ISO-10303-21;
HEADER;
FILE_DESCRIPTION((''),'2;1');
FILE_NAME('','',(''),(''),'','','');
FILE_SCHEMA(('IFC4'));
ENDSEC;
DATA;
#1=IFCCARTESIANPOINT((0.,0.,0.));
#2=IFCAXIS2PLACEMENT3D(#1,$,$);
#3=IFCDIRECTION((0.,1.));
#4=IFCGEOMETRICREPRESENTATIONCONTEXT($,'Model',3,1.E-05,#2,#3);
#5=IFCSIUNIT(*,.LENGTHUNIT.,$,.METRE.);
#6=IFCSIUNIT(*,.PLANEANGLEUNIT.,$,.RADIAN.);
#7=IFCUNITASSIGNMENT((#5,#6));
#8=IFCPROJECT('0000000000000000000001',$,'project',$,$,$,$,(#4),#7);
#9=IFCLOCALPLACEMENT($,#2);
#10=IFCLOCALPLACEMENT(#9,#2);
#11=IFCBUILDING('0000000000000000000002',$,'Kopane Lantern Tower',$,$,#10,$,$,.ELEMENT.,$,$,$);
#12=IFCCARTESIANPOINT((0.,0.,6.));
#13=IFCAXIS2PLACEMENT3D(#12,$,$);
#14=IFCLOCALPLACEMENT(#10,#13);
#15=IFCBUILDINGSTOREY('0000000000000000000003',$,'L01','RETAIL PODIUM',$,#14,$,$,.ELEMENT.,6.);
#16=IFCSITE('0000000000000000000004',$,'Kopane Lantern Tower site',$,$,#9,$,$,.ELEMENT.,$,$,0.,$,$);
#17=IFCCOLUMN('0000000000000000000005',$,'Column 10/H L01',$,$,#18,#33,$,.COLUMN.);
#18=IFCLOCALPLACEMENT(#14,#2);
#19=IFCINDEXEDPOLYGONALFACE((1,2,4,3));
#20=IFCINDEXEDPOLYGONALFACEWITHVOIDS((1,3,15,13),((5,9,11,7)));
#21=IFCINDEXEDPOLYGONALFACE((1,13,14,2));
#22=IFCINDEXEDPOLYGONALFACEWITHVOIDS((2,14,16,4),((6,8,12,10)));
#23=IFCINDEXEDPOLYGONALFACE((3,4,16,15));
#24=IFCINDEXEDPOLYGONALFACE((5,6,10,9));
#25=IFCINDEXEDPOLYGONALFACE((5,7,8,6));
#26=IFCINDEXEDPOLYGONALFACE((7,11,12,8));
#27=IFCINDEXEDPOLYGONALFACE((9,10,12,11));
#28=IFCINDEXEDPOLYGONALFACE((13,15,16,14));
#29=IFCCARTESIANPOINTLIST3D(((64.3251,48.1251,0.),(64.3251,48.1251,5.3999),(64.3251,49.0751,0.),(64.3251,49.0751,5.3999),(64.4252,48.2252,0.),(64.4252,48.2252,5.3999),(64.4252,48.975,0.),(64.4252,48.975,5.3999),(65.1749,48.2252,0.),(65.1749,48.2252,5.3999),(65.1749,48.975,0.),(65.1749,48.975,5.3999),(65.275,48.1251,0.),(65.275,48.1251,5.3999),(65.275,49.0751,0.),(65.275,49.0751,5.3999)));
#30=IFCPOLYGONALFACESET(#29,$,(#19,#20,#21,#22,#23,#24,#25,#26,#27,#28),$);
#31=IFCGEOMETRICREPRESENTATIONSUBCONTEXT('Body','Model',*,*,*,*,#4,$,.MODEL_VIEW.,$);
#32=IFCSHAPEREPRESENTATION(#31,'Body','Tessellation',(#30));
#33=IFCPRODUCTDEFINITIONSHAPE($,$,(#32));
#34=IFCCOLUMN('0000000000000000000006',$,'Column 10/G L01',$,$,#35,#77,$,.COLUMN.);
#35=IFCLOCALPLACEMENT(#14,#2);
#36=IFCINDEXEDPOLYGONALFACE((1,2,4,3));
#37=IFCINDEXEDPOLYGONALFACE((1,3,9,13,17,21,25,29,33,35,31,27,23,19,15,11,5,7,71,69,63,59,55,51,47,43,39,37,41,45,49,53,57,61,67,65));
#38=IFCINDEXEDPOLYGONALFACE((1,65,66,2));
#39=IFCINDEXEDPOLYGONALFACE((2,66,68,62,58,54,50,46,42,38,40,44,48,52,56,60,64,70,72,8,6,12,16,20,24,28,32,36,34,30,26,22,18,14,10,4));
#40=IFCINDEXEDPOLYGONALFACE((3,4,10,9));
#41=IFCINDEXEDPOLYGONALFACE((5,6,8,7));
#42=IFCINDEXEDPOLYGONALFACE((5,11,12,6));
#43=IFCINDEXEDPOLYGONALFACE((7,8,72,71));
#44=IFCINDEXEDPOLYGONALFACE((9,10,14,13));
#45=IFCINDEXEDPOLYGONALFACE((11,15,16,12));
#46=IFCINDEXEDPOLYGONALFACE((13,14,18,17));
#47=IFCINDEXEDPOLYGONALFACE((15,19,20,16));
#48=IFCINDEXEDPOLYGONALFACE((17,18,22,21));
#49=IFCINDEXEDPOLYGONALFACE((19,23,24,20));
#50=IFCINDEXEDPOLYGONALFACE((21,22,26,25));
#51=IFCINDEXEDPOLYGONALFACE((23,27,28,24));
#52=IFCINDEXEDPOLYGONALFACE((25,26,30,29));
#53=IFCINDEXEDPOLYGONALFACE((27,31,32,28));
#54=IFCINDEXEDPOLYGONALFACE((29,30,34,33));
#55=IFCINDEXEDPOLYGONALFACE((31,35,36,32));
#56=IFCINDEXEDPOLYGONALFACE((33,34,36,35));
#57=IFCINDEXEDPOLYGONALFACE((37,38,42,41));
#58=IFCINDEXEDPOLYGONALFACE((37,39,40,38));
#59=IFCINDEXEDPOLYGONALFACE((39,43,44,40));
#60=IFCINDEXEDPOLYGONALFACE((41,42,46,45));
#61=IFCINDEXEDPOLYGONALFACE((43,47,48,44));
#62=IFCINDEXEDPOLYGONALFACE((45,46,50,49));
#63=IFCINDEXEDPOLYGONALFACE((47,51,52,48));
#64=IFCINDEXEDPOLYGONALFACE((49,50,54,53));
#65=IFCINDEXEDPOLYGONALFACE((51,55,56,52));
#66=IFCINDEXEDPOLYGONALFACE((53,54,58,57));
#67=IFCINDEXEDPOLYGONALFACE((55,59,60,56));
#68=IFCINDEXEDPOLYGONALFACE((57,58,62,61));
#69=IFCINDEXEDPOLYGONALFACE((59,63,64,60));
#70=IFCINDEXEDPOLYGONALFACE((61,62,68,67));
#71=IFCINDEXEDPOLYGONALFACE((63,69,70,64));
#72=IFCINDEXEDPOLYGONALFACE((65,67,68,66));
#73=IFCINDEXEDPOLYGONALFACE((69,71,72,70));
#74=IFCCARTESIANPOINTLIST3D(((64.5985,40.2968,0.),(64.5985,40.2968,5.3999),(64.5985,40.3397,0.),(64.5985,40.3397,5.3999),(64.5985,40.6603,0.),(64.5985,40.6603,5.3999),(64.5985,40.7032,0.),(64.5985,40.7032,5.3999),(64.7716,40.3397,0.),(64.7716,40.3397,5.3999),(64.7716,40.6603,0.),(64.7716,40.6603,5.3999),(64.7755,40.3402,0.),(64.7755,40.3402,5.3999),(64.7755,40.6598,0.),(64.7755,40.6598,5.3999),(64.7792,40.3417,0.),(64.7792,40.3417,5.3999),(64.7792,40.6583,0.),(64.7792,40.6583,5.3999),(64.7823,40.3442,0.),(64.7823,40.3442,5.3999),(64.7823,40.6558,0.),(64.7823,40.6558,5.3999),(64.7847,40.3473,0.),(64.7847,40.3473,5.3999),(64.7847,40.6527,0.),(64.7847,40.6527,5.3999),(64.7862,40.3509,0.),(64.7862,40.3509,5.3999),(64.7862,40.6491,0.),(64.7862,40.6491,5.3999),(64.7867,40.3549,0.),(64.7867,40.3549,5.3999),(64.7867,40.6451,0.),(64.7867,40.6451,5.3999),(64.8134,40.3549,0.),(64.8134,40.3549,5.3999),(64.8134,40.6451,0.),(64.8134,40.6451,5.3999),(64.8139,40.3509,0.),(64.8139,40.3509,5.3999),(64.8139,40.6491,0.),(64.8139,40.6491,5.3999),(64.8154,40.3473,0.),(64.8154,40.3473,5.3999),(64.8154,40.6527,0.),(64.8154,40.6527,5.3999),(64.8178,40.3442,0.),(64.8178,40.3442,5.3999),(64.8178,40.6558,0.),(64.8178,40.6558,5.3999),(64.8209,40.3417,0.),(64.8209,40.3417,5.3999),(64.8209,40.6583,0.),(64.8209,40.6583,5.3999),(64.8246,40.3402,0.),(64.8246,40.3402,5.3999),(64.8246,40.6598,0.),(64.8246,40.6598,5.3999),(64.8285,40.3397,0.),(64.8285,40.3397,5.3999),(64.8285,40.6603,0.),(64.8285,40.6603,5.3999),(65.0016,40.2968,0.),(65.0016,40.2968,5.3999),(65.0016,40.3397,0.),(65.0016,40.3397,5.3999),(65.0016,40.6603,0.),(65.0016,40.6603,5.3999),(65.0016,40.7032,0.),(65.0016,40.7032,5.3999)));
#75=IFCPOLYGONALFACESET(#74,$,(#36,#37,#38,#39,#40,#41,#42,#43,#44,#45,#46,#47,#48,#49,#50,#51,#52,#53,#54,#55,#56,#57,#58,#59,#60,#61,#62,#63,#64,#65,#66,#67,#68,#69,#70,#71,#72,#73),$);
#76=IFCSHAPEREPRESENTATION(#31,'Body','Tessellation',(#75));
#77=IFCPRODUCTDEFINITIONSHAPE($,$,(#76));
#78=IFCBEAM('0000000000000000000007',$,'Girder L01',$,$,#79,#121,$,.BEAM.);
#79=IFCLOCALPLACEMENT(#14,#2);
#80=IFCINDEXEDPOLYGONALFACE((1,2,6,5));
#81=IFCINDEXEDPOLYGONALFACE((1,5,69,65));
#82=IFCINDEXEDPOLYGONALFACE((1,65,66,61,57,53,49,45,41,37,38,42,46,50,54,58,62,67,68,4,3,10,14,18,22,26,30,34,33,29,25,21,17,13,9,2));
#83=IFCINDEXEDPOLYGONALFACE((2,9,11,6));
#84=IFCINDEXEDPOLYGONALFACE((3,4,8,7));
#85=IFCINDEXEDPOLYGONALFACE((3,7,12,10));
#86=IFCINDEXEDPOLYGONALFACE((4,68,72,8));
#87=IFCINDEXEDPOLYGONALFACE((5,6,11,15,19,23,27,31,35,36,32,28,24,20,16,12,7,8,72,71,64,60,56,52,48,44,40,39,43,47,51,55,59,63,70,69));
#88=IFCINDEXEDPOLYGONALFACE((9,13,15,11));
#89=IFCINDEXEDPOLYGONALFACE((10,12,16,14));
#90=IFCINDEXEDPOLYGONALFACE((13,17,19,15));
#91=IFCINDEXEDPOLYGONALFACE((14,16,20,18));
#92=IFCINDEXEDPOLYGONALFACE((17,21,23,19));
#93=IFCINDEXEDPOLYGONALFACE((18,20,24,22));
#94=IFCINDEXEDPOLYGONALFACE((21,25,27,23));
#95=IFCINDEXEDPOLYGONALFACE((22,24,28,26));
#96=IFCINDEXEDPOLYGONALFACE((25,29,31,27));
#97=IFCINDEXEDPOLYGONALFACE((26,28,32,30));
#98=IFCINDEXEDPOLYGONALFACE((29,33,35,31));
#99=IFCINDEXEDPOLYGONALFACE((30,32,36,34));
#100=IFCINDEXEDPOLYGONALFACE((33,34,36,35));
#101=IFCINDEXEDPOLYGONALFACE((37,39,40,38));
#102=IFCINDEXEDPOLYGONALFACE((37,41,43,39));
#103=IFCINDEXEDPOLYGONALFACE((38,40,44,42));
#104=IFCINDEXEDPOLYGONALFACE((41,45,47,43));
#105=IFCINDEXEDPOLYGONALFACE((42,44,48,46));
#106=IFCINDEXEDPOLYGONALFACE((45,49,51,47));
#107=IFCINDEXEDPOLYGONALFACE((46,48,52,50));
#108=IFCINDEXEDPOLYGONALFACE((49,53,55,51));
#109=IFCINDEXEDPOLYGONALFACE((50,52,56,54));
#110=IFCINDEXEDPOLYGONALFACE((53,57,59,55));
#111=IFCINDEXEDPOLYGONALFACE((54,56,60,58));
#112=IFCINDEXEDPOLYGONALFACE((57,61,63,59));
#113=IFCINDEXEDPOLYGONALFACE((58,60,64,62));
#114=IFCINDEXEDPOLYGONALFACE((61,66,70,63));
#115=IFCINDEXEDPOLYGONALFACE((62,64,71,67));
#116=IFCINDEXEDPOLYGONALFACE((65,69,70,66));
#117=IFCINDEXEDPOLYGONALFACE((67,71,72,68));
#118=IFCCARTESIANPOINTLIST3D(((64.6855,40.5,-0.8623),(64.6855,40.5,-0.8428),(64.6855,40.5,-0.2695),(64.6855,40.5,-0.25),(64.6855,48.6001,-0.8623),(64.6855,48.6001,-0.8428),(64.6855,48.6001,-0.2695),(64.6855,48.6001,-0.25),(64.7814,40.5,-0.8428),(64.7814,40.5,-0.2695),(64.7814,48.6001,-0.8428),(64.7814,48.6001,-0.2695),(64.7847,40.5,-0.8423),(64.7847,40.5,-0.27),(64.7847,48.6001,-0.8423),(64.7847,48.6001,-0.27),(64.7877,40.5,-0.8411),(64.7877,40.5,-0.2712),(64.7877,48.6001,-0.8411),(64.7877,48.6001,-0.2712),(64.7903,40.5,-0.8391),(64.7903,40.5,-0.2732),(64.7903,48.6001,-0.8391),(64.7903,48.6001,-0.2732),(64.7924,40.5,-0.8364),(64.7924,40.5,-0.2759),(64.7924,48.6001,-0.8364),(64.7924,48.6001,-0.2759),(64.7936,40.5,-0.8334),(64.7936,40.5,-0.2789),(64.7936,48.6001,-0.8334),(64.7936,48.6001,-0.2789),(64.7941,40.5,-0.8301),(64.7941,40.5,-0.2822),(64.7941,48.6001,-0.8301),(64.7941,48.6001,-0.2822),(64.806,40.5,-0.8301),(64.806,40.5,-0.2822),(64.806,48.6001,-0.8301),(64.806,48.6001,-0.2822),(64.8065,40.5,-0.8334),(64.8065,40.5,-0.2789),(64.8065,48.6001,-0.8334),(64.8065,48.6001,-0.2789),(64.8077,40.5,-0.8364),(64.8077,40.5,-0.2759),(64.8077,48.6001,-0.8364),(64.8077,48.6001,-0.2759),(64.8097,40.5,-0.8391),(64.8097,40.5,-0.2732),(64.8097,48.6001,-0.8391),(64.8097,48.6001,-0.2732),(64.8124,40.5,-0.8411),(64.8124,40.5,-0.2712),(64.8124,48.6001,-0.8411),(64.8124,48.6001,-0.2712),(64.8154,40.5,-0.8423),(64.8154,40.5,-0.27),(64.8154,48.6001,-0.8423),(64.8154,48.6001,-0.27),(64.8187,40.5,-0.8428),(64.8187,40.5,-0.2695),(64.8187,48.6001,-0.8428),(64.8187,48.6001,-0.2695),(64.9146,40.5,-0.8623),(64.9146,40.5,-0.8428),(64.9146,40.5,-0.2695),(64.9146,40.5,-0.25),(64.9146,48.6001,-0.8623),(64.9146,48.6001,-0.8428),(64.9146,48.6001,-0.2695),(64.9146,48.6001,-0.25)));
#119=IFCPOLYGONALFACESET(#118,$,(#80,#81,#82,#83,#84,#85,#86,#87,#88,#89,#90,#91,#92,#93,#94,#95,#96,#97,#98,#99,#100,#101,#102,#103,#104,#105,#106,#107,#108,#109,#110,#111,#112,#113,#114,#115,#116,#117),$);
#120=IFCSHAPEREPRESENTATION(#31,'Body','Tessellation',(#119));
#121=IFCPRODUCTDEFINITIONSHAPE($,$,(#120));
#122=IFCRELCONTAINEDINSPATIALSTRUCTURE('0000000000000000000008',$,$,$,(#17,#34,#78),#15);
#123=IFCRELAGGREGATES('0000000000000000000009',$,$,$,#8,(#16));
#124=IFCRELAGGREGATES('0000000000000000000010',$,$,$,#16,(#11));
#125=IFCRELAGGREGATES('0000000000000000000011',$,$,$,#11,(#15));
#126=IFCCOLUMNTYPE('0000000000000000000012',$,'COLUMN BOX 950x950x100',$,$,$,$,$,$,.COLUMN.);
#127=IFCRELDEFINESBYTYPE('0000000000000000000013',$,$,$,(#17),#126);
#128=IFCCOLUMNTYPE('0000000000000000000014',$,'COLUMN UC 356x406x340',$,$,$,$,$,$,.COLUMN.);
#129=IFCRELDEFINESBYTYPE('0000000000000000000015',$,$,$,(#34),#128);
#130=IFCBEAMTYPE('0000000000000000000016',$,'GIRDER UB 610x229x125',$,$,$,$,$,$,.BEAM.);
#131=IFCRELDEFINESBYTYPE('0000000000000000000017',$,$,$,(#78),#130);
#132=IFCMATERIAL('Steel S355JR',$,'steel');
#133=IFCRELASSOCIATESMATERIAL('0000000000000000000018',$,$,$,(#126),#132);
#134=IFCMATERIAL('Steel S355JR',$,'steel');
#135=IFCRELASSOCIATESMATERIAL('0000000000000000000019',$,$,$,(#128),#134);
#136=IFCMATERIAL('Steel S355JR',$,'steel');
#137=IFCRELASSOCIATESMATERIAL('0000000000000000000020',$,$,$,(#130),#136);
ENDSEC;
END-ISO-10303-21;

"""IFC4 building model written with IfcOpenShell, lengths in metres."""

from ifc_helpers import new_model, si_unit, direction, frame, origin, origin_2d, place, context, subcontext, project, spatial, hollow_rectangle, i_section, extrude, material, material_profile, profile_set, type_object, element, save


model = new_model("IFC4")

# Units and contexts
model_context = context("Model", 3, precision=1e-05, world=origin(), true_north=direction((0.0, 1.0)))
body_context = subcontext(model_context, "Body", "Model", "MODEL_VIEW")
ifc_project = project(units=[si_unit("LENGTHUNIT", "METRE"), si_unit("PLANEANGLEUNIT", "RADIAN")], contexts=[model_context])

# Site, building, storey
site_placement = place(None, origin())
site = spatial("IfcSite", under=ifc_project, at=site_placement, Name="Kopane Lantern Tower site", CompositionType="ELEMENT", RefElevation=0.0)
building_placement = place(site_placement, origin())
building = spatial("IfcBuilding", under=site, at=building_placement, Name="Kopane Lantern Tower", CompositionType="ELEMENT")
storey_placement = place(building_placement, frame((0.0, 0.0, 6.0)))
storey = spatial("IfcBuildingStorey", under=building, at=storey_placement, Name="L01", Description="RETAIL PODIUM", CompositionType="ELEMENT", Elevation=6.0)

# Columns
ifc_material_1 = material(Name="Steel S355JR", Category="steel")
ifc_material_profile_1 = material_profile(ifc_material_1, hollow_rectangle(XDim=0.95, YDim=0.95, WallThickness=0.1001, at=origin_2d()), Name="BOX 950x950x100")
ifc_profile_set_1 = profile_set([ifc_material_profile_1], Name="Steel S355JR")
column_type_1 = type_object("IfcColumnType", Name="COLUMN BOX 950x950x100", PredefinedType="COLUMN", material=ifc_profile_set_1)
column_1_placement = place(storey_placement, frame((64.8, 48.6001, 0.0), z_axis=(0.0, 0.0, 1.0), x_axis=(1.0, 0.0, 0.0)))
element("IfcColumn", 1, at=column_1_placement, inside=storey, type_object=column_type_1, Name="Column 10/H L01", PredefinedType="COLUMN", context=body_context, shape_type="SweptSolid", body=[
    extrude(hollow_rectangle(XDim=0.95, YDim=0.95, WallThickness=0.1001, at=origin_2d()), origin(), (0.0, 0.0, 1.0), 5.3999),
])
ifc_material_2 = material(Name="Steel S355JR", Category="steel")
ifc_material_profile_2 = material_profile(ifc_material_2, i_section(OverallWidth=0.4031, OverallDepth=0.4065, WebThickness=0.0266, FlangeThickness=0.043, FilletRadius=0.0151, at=origin_2d()), Name="UC 356x406x340")
ifc_profile_set_2 = profile_set([ifc_material_profile_2], Name="Steel S355JR")
column_type_2 = type_object("IfcColumnType", Name="COLUMN UC 356x406x340", PredefinedType="COLUMN", material=ifc_profile_set_2)
column_2_placement = place(storey_placement, frame((64.8, 40.5, 0.0), z_axis=(0.0, 0.0, 1.0), x_axis=(1.0, 0.0, 0.0)))
element("IfcColumn", 2, at=column_2_placement, inside=storey, type_object=column_type_2, Name="Column 10/G L01", PredefinedType="COLUMN", context=body_context, shape_type="SweptSolid", body=[
    extrude(i_section(OverallWidth=0.4031, OverallDepth=0.4065, WebThickness=0.0266, FlangeThickness=0.043, FilletRadius=0.0151, at=origin_2d()), origin(), (0.0, 0.0, 1.0), 5.3999),
])

# Beam
ifc_material_3 = material(Name="Steel S355JR", Category="steel")
ifc_material_profile_3 = material_profile(ifc_material_3, i_section(OverallWidth=0.229, OverallDepth=0.6123, WebThickness=0.012, FlangeThickness=0.0195, FilletRadius=0.0127, at=origin_2d()), Name="UB 610x229x125")
ifc_profile_set_3 = profile_set([ifc_material_profile_3], Name="Steel S355JR")
beam_type = type_object("IfcBeamType", Name="GIRDER UB 610x229x125", PredefinedType="BEAM", material=ifc_profile_set_3)
beam_placement = place(storey_placement, frame((64.8, 40.5, -0.5562), z_axis=(0.0, 1.0, 0.0), x_axis=(-1.0, 0.0, 0.0)))
element("IfcBeam", 3, at=beam_placement, inside=storey, type_object=beam_type, Name="Girder L01", PredefinedType="BEAM", context=body_context, shape_type="SweptSolid", body=[
    extrude(i_section(OverallWidth=0.229, OverallDepth=0.6123, WebThickness=0.012, FlangeThickness=0.0195, FilletRadius=0.0127, at=origin_2d()), origin(), (0.0, 0.0, 1.0), 8.1001),
])

save(model, "model.ifc")
